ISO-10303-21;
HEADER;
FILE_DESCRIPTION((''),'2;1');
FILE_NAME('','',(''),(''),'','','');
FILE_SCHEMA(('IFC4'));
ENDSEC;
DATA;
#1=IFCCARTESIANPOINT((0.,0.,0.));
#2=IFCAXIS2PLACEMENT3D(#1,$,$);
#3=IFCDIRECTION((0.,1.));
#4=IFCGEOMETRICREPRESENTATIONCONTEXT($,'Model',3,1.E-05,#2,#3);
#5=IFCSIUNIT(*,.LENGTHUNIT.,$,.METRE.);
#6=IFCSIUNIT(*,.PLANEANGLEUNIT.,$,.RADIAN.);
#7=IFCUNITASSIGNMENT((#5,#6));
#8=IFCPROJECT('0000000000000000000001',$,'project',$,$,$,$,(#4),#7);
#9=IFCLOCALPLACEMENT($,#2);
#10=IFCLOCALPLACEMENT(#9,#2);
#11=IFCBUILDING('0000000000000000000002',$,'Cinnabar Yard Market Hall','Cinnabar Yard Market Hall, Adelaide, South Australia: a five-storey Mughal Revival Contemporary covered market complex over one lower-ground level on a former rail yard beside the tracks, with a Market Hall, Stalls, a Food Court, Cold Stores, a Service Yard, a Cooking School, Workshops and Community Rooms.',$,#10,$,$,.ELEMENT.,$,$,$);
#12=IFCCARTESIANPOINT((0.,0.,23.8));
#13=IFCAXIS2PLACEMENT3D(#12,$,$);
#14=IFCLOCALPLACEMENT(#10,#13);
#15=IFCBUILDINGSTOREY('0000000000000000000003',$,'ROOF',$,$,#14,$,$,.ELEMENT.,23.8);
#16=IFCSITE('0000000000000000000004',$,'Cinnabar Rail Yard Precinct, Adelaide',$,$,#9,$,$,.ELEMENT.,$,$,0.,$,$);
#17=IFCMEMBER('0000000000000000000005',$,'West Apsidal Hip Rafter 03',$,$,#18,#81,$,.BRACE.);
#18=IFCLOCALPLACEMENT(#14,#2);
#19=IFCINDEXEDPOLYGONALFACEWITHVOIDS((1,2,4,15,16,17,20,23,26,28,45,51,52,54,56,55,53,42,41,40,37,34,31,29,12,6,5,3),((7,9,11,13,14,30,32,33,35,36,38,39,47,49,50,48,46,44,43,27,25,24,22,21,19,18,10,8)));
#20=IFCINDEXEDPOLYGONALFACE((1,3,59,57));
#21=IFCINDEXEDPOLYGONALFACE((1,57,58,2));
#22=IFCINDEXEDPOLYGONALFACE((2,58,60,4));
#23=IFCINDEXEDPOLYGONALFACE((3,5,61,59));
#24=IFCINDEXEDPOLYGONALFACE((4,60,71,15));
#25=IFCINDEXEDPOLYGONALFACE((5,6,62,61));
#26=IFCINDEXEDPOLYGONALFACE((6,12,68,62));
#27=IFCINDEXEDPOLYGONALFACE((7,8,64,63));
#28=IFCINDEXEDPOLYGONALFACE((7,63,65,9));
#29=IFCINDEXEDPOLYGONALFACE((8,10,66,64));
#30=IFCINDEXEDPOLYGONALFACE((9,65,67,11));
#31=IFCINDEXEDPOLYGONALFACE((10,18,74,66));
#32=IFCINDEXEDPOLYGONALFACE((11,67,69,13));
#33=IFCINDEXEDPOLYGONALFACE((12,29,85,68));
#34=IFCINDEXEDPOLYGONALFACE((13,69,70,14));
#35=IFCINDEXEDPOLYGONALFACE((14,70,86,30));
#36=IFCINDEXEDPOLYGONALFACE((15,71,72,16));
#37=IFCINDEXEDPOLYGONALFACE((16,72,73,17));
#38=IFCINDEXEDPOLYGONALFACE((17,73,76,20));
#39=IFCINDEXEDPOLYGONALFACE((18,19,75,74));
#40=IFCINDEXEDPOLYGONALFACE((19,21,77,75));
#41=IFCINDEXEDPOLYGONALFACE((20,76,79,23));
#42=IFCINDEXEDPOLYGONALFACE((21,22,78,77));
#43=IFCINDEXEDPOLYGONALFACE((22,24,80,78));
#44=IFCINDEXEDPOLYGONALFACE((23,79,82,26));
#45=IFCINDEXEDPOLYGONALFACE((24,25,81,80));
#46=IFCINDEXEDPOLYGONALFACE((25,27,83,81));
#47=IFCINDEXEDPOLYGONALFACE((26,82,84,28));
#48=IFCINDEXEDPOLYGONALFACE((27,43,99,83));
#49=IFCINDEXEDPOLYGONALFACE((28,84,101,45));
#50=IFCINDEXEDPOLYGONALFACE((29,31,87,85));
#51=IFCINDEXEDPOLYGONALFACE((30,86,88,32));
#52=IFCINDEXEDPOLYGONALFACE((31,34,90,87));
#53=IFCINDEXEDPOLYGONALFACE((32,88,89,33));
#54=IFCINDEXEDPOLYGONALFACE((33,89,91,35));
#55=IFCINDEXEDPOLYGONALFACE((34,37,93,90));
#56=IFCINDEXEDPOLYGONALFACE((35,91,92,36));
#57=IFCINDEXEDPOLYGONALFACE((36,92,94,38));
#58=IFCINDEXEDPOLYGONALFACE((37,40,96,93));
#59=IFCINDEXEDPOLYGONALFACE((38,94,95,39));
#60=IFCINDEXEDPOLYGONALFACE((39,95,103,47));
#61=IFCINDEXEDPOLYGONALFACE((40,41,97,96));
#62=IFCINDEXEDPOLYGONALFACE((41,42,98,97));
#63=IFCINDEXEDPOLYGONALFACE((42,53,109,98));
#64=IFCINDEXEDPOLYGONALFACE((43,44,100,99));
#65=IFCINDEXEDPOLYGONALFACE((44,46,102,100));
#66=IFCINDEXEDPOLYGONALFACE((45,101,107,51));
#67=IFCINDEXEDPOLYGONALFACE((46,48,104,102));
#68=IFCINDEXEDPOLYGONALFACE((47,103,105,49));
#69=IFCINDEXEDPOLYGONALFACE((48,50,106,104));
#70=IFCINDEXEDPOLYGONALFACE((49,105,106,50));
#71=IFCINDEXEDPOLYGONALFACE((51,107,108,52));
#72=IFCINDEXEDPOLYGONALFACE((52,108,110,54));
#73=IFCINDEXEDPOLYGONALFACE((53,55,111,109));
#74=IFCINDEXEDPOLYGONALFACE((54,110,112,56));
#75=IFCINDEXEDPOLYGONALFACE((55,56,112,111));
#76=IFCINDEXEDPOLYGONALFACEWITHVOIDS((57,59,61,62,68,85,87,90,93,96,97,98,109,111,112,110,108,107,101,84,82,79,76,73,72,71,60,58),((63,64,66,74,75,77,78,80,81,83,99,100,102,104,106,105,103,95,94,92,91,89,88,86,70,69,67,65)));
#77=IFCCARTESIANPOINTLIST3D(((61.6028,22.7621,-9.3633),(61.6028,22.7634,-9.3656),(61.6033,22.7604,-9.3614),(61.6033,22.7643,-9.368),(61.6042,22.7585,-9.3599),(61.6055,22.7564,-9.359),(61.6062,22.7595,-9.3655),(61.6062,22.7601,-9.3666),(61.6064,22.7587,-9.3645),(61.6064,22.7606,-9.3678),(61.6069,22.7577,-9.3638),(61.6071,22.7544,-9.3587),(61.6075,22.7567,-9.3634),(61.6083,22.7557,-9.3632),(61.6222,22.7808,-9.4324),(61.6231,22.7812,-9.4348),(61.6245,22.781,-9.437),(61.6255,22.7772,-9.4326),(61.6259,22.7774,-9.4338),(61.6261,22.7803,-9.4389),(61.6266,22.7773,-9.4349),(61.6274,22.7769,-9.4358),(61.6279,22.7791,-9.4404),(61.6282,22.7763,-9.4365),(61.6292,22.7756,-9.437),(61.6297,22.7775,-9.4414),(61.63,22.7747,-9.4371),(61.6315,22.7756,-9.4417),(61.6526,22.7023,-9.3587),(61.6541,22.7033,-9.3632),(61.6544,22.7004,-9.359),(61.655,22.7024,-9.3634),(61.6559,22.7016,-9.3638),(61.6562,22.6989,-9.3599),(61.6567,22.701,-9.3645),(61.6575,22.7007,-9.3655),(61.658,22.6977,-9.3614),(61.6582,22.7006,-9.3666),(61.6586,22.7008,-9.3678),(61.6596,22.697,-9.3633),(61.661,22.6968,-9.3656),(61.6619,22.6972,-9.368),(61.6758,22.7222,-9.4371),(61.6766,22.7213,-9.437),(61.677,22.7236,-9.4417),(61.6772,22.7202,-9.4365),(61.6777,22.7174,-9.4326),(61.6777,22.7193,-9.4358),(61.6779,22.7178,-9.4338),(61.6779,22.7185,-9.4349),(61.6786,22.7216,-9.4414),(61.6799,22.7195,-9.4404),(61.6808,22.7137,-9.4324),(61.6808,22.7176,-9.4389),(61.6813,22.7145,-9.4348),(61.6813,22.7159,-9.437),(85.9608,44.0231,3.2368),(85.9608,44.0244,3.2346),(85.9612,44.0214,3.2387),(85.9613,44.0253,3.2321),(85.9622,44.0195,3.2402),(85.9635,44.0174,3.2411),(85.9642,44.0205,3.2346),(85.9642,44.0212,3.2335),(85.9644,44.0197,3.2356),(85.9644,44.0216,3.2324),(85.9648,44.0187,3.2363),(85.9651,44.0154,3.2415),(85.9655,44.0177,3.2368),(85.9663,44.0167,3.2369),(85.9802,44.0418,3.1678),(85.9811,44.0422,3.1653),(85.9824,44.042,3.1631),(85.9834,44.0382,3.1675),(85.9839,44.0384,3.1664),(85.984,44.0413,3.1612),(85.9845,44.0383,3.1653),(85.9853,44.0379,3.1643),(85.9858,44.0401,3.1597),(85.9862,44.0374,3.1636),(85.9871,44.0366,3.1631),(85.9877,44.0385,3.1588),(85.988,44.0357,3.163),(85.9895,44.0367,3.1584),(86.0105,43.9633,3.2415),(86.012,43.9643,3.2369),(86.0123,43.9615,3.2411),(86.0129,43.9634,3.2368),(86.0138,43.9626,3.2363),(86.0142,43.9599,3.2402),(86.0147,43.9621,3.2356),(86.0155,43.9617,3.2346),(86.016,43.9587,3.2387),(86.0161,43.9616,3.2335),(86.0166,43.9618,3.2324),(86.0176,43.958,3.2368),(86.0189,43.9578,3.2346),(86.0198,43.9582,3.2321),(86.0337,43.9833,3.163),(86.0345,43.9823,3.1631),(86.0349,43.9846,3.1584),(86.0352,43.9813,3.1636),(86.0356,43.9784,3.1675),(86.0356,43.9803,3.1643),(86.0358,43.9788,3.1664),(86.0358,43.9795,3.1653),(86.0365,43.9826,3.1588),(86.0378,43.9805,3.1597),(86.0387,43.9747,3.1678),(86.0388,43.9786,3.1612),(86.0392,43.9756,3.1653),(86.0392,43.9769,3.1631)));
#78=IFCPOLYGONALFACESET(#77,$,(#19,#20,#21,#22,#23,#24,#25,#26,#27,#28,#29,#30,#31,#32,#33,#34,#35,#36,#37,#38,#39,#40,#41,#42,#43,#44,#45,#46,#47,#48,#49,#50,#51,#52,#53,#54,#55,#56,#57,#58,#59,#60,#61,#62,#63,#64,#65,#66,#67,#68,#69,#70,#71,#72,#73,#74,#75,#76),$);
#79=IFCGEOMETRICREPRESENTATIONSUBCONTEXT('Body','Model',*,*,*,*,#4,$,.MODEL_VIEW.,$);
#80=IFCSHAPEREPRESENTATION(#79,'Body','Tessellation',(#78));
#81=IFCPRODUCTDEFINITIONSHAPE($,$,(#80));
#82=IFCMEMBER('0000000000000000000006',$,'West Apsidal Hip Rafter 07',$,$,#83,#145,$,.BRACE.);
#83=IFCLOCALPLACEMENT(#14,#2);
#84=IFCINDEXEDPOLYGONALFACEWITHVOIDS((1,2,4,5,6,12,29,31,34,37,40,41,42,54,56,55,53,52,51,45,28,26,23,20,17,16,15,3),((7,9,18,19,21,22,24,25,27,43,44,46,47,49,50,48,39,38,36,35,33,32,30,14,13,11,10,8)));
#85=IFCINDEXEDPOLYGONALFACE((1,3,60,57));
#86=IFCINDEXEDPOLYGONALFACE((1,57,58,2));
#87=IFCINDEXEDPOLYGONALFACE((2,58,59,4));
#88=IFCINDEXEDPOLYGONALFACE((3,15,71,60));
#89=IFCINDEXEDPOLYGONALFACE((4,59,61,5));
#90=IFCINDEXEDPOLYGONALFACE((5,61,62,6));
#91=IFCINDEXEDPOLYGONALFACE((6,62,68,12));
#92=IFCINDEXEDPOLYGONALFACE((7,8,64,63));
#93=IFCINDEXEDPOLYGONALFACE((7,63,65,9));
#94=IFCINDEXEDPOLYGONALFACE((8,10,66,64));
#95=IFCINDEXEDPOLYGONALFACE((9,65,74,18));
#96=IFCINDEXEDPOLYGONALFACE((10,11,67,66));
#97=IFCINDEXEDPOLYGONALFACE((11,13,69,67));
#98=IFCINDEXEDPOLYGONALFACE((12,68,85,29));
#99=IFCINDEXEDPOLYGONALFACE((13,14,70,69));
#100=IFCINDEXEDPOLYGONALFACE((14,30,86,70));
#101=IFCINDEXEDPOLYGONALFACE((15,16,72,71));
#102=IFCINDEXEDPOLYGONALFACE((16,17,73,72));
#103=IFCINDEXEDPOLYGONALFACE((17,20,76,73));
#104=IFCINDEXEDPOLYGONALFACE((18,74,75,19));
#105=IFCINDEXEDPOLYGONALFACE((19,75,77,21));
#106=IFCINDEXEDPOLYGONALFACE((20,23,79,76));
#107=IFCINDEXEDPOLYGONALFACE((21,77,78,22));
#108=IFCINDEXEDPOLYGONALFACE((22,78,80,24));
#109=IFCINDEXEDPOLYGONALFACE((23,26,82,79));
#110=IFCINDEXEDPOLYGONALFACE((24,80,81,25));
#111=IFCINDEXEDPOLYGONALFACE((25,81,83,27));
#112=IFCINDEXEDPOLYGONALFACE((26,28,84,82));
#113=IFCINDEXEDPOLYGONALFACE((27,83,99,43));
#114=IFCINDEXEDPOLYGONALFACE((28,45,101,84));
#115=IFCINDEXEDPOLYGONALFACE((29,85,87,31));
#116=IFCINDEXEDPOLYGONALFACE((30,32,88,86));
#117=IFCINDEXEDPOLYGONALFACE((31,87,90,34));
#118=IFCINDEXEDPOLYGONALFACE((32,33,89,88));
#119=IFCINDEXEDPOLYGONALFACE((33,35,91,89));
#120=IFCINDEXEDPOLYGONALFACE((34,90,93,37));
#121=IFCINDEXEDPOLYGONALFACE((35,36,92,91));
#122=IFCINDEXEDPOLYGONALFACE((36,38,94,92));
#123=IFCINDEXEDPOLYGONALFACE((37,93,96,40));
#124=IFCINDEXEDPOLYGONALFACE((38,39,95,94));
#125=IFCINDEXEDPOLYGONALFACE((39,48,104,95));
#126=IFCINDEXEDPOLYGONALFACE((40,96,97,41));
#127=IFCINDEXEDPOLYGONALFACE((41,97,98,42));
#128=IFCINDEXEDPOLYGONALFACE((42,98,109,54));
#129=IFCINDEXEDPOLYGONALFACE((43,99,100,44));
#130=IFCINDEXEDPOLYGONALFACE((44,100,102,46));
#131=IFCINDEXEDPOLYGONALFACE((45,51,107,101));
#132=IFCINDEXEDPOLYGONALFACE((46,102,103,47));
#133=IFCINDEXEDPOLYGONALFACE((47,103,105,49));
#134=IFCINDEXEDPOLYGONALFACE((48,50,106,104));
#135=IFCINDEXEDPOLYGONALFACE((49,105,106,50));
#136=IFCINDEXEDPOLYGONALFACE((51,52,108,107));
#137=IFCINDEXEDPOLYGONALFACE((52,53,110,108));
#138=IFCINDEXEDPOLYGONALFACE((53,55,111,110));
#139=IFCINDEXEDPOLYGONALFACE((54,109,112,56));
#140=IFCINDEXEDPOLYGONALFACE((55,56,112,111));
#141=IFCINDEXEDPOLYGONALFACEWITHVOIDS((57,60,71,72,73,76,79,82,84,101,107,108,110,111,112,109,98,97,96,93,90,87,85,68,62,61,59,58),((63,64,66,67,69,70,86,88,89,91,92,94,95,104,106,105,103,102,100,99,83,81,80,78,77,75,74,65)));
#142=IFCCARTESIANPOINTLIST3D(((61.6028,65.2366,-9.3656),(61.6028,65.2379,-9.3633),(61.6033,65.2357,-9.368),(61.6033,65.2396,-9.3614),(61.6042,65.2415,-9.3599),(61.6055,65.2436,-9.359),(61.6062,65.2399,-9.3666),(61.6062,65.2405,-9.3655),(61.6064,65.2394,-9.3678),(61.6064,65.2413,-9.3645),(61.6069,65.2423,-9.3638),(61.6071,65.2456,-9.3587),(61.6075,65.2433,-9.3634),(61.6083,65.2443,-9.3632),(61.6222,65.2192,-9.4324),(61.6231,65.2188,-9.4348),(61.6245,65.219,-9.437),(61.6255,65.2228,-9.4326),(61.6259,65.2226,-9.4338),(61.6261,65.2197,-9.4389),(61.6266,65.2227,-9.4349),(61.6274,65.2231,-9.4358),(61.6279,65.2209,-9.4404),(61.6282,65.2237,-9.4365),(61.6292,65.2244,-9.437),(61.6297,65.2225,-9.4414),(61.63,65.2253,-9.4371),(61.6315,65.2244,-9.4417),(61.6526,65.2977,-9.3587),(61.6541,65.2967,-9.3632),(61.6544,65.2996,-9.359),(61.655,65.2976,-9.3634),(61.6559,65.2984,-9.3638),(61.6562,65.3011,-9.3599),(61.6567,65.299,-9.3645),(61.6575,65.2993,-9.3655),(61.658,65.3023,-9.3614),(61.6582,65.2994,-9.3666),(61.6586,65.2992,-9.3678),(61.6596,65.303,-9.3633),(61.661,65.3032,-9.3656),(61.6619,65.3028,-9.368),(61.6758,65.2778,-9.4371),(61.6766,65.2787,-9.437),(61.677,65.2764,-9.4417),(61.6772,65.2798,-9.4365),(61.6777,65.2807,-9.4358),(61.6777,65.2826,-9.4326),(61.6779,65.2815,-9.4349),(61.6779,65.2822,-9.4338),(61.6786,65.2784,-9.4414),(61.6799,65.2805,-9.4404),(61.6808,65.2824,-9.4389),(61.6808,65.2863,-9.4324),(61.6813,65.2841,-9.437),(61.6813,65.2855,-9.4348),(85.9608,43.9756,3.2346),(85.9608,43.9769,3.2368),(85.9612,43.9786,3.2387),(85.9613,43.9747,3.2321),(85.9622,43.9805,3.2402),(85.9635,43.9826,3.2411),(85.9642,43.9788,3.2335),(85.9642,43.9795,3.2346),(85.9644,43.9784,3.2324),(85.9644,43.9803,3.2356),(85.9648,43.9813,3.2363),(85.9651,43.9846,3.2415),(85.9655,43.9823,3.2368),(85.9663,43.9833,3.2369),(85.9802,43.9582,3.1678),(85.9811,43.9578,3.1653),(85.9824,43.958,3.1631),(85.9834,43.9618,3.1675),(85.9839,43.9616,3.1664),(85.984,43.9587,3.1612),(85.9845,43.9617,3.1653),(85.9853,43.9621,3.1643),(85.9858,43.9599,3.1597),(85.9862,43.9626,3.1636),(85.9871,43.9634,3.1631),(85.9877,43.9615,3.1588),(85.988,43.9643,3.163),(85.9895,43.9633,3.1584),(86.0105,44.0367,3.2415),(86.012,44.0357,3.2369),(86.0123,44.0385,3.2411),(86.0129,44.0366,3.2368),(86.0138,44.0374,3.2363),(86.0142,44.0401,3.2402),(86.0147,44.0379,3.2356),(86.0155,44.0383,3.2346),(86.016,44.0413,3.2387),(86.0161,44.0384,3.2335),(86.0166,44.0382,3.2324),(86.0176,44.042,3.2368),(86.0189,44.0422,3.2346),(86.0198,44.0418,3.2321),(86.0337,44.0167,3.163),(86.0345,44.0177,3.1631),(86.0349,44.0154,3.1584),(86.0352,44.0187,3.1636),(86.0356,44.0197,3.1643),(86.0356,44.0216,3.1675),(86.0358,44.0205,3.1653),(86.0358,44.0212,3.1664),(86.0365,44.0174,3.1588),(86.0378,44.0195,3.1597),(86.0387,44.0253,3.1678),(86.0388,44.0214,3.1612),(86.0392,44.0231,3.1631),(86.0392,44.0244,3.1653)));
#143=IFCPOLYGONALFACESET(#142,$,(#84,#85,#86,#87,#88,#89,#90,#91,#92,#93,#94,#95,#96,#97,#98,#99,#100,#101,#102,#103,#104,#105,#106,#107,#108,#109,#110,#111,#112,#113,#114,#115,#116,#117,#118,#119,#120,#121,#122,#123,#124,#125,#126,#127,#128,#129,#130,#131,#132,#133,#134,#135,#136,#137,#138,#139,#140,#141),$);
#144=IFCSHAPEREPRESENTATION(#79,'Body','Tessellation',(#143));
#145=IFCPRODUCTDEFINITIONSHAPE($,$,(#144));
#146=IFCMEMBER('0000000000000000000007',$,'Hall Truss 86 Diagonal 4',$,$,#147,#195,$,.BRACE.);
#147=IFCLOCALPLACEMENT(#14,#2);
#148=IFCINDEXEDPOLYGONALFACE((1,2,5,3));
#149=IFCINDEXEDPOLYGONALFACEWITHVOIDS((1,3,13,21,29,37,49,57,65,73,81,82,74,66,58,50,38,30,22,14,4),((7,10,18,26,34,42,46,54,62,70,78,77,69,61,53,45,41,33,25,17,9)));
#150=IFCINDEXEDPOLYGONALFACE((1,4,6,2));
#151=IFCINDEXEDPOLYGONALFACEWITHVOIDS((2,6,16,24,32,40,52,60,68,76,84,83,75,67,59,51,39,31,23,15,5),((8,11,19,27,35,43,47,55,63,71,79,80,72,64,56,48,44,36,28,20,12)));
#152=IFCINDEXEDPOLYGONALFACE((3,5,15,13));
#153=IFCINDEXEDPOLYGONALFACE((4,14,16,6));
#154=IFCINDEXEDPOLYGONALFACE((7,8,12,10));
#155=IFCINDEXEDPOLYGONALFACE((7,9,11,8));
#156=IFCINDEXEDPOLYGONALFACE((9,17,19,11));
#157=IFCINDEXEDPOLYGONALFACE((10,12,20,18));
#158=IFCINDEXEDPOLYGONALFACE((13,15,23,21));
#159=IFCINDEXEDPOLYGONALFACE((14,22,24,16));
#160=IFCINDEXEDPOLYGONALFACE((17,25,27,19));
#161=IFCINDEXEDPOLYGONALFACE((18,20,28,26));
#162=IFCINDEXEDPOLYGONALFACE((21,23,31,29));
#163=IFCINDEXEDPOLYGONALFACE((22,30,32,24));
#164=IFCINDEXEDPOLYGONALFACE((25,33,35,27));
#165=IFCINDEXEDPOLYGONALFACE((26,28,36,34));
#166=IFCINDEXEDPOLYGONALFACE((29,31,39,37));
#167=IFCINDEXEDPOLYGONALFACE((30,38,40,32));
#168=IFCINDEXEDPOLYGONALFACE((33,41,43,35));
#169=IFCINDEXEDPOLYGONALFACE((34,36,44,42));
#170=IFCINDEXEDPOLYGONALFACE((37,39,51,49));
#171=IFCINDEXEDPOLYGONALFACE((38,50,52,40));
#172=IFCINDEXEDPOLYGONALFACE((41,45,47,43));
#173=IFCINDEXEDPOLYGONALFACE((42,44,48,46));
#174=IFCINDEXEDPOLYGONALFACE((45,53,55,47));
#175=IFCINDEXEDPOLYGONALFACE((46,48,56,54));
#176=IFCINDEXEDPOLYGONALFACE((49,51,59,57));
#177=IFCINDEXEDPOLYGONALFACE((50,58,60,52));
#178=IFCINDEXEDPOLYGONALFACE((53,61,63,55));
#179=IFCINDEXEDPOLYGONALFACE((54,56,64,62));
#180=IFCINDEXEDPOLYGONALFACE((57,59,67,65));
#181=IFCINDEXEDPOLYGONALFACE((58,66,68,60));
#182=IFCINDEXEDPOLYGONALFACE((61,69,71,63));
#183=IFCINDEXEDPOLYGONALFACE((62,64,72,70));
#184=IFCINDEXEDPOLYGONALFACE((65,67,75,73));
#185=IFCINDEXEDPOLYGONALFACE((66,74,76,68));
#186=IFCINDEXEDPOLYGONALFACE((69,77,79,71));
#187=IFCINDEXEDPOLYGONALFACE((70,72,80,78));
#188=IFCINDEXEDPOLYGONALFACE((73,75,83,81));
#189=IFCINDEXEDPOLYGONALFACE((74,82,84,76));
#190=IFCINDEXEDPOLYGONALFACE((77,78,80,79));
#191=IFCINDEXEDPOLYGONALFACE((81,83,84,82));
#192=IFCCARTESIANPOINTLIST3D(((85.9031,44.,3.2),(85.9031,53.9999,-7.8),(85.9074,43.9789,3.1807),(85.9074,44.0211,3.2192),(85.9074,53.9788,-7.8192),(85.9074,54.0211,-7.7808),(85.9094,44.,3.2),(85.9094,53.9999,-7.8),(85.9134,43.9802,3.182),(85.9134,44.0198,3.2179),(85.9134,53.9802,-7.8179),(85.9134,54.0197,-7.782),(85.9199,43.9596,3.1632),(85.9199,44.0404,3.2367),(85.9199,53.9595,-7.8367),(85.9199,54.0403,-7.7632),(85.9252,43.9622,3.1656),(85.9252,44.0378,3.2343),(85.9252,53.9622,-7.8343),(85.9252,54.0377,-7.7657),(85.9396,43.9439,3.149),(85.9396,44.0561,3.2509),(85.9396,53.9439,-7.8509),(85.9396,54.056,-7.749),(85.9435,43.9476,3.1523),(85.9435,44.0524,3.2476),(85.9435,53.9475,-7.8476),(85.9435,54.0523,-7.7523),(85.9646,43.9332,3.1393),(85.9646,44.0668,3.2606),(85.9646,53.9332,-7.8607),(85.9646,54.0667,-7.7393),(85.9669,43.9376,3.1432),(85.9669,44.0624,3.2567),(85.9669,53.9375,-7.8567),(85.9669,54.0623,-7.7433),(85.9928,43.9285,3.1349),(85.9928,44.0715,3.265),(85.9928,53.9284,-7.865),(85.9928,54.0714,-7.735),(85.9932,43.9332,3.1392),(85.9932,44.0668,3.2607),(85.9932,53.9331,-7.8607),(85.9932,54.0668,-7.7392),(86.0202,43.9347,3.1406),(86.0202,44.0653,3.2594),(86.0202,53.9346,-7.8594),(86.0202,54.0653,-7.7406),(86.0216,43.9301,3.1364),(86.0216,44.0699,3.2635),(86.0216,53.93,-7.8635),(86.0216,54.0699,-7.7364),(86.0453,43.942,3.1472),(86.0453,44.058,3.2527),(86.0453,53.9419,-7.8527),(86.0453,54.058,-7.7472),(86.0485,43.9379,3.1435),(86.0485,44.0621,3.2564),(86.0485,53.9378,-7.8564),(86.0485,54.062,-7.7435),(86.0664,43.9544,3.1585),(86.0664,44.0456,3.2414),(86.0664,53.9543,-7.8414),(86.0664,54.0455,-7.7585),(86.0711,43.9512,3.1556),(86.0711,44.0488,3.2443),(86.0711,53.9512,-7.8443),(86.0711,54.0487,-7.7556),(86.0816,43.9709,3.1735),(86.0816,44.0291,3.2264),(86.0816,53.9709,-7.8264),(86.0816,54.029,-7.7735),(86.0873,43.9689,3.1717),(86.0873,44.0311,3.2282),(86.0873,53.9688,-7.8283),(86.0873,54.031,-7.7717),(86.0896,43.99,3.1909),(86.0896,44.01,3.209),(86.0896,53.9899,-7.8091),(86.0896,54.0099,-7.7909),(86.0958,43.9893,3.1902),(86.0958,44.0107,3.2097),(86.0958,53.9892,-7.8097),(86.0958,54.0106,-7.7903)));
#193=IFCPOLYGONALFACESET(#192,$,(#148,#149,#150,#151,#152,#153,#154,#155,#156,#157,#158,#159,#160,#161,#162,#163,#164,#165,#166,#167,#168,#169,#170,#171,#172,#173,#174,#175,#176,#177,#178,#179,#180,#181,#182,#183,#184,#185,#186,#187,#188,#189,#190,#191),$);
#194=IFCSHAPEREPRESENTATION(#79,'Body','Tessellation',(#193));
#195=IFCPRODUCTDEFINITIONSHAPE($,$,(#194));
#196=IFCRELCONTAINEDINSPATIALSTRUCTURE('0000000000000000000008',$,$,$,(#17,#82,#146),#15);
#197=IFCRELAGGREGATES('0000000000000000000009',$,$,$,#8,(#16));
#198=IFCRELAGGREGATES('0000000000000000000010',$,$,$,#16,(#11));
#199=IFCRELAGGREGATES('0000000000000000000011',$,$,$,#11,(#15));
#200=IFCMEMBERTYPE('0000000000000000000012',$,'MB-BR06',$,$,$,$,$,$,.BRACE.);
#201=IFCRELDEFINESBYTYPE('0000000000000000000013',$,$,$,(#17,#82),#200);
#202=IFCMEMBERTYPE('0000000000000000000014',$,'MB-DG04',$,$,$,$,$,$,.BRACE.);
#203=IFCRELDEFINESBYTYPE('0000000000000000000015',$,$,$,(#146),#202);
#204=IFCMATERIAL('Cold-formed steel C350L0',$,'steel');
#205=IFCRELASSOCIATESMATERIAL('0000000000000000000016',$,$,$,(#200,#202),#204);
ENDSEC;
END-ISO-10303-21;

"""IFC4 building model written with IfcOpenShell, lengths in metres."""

from ifc_helpers import new_model, si_unit, direction, frame, origin, origin_2d_with_axis, place, context, subcontext, project, spatial, hollow_rectangle, hollow_circle, extrude, material, material_profile, profile_set, type_object, element, save


model = new_model("IFC4")

# Units and contexts
model_context = context("Model", 3, precision=1e-05, world=origin(), true_north=direction((0.0, 1.0)))
body_context = subcontext(model_context, "Body", "Model", "MODEL_VIEW")
ifc_project = project(units=[si_unit("LENGTHUNIT", "METRE"), si_unit("PLANEANGLEUNIT", "RADIAN")], contexts=[model_context])

# Site, building, storey
site_placement = place(None, origin())
site = spatial("IfcSite", under=ifc_project, at=site_placement, Name="Cinnabar Rail Yard Precinct, Adelaide", CompositionType="ELEMENT", RefElevation=0.0)
building_placement = place(site_placement, origin())
building = spatial("IfcBuilding", under=site, at=building_placement, Name="Cinnabar Yard Market Hall", Description="Cinnabar Yard Market Hall, Adelaide, South Australia: a five-storey Mughal Revival Contemporary covered market complex over one lower-ground level on a former rail yard beside the tracks, with a Market Hall, Stalls, a Food Court, Cold Stores, a Service Yard, a Cooking School, Workshops and Community Rooms.", CompositionType="ELEMENT")
storey_placement = place(building_placement, frame((0.0, 0.0, 23.8)))
storey = spatial("IfcBuildingStorey", under=building, at=storey_placement, Name="ROOF", CompositionType="ELEMENT", Elevation=23.8)

# Members
ifc_material_1 = material(Name="Cold-formed steel C350L0", Category="steel")
ifc_material_profile_1 = material_profile(ifc_material_1, hollow_rectangle(XDim=0.0891, YDim=0.0891, WallThickness=0.0049, InnerFilletRadius=0.0049, OuterFilletRadius=0.01, at=origin_2d_with_axis()), Name="89x89x5.0SHS")
ifc_profile_set_1 = profile_set([ifc_material_profile_1], Name="Cold-formed steel C350L0")
member_type_1 = type_object("IfcMemberType", Name="MB-BR06", PredefinedType="BRACE", material=ifc_profile_set_1)
for number, where, z_axis, x_axis, name in (
    (1, (86.0, 44.0, 3.2), (-0.701954, -0.612706, -0.363114), (0.65759, -0.753376, 0.0), "West Apsidal Hip Rafter 03"),
    (2, (86.0, 44.0, 3.2), (-0.701954, 0.612706, -0.363114), (-0.65759, -0.753376, 0.0), "West Apsidal Hip Rafter 07"),
):
    element("IfcMember", number, at=place(storey_placement, frame(where, z_axis=z_axis, x_axis=x_axis)), inside=storey, type_object=member_type_1, Name=name, PredefinedType="BRACE", context=body_context, shape_type="SweptSolid", body=[
        extrude(hollow_rectangle(XDim=0.0891, YDim=0.0891, WallThickness=0.0049, InnerFilletRadius=0.0049, OuterFilletRadius=0.01, at=origin_2d_with_axis()), origin(), (0.0, 0.0, 1.0), 34.7002),
    ])
ifc_material_profile_2 = material_profile(ifc_material_1, hollow_circle(Radius=0.0969, WallThickness=0.0063, at=origin_2d_with_axis()), Name="193.7x6.4CHS")
ifc_profile_set_2 = profile_set([ifc_material_profile_2], Name="Cold-formed steel C350L0")
member_type_2 = type_object("IfcMemberType", Name="MB-DG04", PredefinedType="BRACE", material=ifc_profile_set_2)
member_1_placement = place(storey_placement, frame((86.0, 44.0, 3.2), z_axis=(0.0, 0.672673, -0.73994), x_axis=(-1.0, 0.0, 0.0)))
element("IfcMember", 3, at=member_1_placement, inside=storey, type_object=member_type_2, Name="Hall Truss 86 Diagonal 4", PredefinedType="BRACE", context=body_context, shape_type="SweptSolid", body=[
    extrude(hollow_circle(Radius=0.0969, WallThickness=0.0063, at=origin_2d_with_axis()), origin(), (0.0, 0.0, 1.0), 14.866),
])

save(model, "model.ifc")
